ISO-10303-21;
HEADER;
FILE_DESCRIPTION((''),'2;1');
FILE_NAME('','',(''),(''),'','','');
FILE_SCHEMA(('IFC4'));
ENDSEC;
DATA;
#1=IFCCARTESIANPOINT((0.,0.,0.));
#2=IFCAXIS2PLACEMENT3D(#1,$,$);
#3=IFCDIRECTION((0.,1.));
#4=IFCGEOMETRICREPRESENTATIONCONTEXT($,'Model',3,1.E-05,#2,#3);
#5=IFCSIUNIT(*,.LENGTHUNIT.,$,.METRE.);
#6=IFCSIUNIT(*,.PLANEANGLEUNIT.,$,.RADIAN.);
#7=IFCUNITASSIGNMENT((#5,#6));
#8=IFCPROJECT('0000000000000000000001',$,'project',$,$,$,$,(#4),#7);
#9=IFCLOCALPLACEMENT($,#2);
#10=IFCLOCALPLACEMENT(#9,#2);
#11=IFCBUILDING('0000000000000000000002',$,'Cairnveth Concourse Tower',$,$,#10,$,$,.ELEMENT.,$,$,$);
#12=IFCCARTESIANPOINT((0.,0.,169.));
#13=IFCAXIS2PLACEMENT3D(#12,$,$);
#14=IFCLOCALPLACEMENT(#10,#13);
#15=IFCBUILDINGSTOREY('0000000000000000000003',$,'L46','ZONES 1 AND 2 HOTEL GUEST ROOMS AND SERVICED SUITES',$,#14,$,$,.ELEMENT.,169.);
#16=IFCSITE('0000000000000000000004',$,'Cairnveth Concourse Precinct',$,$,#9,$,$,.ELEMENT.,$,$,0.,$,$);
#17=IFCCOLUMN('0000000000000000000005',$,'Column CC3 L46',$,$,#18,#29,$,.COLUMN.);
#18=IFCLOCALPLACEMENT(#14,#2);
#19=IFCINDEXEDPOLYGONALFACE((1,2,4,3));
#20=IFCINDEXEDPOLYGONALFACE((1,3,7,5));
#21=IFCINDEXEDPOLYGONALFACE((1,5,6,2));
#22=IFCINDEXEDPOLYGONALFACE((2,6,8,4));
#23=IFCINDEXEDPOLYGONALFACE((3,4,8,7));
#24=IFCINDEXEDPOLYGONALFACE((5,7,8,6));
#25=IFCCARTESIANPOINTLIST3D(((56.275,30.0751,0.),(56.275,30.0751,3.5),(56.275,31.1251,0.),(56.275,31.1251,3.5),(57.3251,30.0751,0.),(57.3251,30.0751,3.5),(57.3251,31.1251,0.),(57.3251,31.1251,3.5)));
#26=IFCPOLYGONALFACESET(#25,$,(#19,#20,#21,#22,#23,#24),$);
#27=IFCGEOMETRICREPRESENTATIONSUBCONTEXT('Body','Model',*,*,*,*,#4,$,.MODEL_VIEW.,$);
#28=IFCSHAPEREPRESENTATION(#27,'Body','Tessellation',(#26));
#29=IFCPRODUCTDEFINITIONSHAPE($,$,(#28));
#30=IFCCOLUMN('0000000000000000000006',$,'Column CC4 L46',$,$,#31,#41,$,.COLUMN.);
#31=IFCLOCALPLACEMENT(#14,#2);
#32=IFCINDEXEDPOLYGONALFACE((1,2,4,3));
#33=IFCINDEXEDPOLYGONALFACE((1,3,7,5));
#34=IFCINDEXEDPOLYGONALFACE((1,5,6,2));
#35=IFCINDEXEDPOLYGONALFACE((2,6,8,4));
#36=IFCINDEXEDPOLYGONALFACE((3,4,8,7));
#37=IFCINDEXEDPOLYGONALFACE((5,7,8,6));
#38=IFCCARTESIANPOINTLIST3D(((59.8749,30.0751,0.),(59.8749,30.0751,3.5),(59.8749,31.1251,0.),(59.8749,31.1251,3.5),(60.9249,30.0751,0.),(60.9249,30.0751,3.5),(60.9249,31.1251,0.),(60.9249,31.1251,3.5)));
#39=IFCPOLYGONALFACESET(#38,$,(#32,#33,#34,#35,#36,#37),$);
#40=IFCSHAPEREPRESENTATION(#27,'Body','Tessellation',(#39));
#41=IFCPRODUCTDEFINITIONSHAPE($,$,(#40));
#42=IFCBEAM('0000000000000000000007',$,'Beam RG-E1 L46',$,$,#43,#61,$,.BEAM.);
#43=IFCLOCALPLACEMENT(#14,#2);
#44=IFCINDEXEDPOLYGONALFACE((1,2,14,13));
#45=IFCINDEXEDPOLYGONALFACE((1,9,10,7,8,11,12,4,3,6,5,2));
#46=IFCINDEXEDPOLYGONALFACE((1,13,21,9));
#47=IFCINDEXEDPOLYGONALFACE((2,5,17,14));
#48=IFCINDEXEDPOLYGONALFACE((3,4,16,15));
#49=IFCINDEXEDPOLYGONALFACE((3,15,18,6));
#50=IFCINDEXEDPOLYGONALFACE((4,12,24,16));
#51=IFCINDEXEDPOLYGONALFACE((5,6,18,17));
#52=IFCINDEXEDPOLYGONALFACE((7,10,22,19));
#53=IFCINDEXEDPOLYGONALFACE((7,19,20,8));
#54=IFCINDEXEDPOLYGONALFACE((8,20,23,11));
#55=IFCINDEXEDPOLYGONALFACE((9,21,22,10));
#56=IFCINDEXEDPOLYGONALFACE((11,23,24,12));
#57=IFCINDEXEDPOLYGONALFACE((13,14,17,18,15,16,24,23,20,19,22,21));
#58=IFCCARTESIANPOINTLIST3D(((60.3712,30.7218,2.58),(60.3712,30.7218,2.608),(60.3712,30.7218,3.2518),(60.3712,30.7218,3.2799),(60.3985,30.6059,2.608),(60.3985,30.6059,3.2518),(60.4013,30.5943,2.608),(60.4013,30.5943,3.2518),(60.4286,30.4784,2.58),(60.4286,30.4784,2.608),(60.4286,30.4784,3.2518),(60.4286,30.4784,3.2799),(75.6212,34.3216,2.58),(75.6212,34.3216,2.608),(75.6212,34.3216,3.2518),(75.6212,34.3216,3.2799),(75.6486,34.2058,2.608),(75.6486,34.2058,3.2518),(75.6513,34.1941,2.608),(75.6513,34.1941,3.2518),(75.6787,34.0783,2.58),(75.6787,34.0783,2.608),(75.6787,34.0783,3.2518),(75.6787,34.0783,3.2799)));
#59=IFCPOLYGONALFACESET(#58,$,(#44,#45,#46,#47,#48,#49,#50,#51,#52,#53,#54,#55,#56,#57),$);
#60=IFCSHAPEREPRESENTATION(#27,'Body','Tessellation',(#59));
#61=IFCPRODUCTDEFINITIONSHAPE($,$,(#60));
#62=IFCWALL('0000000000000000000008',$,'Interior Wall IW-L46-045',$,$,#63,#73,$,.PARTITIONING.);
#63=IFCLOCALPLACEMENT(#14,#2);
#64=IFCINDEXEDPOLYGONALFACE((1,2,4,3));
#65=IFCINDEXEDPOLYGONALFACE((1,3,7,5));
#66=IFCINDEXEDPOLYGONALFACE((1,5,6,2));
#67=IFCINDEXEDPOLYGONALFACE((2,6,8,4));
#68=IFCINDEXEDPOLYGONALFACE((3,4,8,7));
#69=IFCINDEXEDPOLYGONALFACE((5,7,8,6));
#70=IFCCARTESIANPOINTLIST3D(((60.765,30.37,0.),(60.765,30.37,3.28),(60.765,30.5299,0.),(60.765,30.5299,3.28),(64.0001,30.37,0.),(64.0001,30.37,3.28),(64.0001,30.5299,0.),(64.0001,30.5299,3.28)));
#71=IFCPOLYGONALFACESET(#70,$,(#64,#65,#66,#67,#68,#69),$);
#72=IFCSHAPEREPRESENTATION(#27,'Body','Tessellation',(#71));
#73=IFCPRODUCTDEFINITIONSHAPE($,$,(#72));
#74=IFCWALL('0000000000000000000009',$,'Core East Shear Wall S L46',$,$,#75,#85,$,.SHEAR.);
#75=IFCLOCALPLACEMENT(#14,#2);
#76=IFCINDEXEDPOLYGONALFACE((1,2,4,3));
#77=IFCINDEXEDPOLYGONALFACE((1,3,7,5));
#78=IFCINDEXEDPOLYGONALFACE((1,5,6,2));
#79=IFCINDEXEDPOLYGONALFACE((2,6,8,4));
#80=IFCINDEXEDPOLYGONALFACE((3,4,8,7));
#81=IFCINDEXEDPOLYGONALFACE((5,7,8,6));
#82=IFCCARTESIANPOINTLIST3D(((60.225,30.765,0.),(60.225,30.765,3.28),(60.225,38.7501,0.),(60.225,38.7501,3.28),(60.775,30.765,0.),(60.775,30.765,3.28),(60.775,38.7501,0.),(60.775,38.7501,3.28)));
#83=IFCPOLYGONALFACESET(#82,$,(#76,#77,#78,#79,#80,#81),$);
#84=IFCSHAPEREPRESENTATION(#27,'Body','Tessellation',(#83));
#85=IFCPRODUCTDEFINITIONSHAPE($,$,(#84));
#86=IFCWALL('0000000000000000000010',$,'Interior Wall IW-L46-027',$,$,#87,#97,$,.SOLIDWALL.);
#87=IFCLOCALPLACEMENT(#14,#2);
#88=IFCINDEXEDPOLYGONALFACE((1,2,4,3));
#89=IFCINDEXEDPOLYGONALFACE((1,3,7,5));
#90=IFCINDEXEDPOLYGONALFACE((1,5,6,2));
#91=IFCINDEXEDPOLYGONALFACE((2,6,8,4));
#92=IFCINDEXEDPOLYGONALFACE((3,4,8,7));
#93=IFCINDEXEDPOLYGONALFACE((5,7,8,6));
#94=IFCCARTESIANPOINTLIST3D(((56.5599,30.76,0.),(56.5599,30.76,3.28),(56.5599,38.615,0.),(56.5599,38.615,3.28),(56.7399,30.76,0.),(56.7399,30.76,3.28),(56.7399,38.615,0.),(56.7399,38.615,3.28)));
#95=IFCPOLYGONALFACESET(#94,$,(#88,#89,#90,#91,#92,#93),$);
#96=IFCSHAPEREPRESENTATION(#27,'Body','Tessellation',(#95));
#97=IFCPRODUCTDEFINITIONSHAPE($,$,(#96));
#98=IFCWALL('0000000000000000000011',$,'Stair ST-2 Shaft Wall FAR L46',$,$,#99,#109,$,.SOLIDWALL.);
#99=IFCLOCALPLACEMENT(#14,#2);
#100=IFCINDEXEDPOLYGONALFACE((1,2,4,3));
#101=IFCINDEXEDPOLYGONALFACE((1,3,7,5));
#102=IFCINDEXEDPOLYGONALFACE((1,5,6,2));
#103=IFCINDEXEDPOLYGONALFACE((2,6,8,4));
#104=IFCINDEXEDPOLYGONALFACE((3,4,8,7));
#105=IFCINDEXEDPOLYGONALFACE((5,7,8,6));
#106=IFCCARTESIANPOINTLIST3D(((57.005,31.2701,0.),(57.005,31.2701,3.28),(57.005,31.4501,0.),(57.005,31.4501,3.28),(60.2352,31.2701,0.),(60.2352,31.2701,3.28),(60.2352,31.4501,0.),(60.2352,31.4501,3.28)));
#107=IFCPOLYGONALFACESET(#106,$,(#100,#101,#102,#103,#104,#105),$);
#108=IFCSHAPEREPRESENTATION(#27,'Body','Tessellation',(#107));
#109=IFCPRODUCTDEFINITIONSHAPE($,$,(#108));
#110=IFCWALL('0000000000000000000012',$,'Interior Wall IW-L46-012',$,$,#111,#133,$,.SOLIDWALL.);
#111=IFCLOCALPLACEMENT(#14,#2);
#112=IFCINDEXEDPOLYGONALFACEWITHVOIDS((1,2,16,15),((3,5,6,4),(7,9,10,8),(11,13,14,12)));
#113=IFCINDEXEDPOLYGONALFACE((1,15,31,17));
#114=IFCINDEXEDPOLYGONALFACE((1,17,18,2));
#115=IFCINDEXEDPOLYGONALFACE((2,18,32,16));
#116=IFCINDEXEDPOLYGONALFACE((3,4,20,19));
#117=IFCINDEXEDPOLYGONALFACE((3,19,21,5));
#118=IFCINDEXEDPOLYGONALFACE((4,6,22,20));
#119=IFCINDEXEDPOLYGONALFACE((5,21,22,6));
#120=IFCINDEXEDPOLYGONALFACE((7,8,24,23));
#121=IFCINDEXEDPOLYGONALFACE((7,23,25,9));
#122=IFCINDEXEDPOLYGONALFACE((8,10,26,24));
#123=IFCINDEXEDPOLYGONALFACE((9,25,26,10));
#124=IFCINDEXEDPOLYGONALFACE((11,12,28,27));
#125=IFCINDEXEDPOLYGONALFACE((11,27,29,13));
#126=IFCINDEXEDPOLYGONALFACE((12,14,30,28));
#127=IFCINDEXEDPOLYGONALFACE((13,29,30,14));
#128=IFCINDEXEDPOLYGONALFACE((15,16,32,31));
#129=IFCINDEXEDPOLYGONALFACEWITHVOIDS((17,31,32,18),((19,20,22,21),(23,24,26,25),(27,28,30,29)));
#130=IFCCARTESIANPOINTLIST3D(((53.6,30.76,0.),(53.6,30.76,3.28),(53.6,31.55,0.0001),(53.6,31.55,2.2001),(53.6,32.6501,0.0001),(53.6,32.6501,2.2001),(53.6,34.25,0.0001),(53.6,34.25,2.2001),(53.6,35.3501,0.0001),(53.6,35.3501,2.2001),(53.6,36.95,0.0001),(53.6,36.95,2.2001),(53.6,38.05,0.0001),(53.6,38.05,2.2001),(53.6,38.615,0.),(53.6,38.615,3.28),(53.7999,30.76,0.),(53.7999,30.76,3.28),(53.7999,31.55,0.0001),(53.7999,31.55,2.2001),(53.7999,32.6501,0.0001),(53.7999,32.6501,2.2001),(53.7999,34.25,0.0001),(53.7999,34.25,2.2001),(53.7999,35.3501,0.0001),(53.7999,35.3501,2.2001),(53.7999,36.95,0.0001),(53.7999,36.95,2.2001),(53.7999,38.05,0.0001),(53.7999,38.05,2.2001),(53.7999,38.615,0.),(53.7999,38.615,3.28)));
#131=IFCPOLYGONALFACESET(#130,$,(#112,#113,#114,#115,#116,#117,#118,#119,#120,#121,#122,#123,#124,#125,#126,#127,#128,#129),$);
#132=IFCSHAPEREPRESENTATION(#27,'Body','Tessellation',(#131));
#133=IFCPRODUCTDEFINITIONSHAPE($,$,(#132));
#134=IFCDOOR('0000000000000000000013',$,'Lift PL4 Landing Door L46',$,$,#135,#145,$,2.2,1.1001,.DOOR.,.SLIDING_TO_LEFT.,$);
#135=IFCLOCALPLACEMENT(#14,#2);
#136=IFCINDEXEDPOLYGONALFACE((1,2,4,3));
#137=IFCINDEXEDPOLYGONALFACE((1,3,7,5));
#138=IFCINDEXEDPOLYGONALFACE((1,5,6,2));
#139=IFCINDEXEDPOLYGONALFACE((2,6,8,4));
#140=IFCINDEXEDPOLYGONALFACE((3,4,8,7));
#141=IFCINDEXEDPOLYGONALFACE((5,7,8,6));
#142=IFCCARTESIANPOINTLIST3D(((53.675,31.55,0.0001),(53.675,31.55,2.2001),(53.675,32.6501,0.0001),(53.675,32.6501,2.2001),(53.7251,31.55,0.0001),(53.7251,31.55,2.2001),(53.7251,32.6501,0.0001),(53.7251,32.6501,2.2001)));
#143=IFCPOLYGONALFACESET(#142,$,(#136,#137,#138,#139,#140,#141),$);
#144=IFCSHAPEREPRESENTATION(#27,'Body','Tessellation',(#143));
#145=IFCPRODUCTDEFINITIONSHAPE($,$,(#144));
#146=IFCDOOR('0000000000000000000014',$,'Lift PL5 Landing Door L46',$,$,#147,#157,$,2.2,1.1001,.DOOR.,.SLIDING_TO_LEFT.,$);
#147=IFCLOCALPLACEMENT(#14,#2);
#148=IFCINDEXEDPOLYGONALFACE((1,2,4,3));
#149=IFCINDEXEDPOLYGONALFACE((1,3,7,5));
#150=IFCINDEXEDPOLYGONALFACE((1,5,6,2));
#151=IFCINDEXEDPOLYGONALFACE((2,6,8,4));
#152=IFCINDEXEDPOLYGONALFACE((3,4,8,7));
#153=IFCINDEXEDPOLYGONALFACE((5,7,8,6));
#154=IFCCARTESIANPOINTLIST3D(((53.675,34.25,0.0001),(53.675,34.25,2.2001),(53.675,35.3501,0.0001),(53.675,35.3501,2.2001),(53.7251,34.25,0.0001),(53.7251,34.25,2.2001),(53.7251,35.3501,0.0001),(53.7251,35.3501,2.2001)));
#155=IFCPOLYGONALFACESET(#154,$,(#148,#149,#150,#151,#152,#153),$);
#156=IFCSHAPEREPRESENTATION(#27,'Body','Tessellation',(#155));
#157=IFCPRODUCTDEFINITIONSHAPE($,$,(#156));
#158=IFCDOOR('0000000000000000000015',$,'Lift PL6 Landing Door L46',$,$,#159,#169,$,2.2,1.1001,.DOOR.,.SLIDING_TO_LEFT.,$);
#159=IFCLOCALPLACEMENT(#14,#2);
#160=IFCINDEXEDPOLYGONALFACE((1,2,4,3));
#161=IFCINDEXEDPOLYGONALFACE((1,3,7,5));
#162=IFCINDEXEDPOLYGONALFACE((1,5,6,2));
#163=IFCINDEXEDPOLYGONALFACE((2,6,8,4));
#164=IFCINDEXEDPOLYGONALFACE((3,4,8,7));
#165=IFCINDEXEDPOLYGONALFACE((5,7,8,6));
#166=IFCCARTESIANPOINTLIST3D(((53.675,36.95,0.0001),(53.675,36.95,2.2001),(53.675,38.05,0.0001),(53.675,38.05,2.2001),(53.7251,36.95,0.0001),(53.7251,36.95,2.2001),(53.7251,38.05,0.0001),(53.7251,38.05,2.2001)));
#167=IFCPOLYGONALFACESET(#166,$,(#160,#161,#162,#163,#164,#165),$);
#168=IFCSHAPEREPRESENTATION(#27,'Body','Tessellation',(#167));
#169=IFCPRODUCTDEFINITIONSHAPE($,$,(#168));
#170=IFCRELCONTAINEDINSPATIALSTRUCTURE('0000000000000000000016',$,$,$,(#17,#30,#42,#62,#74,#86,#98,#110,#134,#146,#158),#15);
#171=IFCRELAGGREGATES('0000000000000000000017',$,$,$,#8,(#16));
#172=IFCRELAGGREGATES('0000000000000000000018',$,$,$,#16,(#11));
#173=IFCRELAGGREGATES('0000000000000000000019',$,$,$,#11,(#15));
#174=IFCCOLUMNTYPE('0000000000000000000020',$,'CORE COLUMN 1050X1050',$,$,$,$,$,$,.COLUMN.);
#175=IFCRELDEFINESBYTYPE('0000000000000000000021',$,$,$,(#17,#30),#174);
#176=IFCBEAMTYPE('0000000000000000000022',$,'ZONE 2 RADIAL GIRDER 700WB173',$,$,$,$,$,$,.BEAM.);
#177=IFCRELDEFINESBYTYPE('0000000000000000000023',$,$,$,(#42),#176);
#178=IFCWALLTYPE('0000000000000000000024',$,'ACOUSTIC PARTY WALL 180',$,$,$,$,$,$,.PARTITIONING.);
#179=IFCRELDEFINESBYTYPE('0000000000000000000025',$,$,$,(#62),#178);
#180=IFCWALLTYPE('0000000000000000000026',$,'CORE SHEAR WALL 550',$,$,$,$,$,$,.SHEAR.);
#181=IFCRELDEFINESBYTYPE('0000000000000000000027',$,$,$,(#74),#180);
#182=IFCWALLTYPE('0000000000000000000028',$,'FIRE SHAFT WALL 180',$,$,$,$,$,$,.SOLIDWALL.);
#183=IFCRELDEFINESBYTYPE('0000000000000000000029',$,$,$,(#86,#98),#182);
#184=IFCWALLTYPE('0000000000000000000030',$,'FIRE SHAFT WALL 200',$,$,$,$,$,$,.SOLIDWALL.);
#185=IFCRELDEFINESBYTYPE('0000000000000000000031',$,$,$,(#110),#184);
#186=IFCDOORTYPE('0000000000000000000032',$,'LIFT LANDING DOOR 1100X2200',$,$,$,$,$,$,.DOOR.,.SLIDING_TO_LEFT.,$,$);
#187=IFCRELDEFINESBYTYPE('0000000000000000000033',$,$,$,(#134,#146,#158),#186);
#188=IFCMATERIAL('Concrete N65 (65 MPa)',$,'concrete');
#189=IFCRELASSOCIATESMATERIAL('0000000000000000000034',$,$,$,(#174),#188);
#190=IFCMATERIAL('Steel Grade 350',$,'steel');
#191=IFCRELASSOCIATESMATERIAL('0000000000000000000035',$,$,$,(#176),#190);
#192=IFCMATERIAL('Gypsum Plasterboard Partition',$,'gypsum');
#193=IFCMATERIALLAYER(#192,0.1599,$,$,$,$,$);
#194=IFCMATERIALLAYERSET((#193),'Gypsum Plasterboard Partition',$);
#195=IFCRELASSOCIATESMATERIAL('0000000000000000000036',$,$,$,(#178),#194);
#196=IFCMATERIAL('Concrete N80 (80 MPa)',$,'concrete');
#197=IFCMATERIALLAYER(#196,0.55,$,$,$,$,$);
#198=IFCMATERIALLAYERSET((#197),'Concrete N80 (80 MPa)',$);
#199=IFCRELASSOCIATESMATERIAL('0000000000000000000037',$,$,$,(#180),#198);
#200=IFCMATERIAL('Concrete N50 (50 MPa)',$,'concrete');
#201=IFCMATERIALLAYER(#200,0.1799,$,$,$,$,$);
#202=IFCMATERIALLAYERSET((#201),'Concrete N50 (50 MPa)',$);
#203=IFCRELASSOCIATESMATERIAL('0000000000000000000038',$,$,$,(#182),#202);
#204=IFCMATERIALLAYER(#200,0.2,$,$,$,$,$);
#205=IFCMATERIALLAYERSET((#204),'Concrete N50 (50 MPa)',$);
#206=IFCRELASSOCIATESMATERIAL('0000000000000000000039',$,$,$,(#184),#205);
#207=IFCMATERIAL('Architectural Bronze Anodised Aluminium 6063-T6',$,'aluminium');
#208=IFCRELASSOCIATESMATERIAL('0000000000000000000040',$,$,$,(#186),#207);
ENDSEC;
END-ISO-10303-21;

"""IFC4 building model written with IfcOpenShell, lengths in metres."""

from ifc_helpers import new_model, si_unit, direction, frame, frame_2d, origin, origin_2d, place, context, subcontext, project, spatial, rectangle, i_section, extrude, material, layer, layer_set, material_profile, profile_set, type_object, element, fill, save


model = new_model("IFC4")

# Units and contexts
model_context = context("Model", 3, precision=1e-05, world=origin(), true_north=direction((0.0, 1.0)))
body_context = subcontext(model_context, "Body", "Model", "MODEL_VIEW")
ifc_project = project(units=[si_unit("LENGTHUNIT", "METRE"), si_unit("PLANEANGLEUNIT", "RADIAN")], contexts=[model_context])

# Site, building, storey
site_placement = place(None, origin())
site = spatial("IfcSite", under=ifc_project, at=site_placement, Name="Cairnveth Concourse Precinct", CompositionType="ELEMENT", RefElevation=0.0)
building_placement = place(site_placement, origin())
building = spatial("IfcBuilding", under=site, at=building_placement, Name="Cairnveth Concourse Tower", CompositionType="ELEMENT")
storey_placement = place(building_placement, frame((0.0, 0.0, 169.0)))
storey = spatial("IfcBuildingStorey", under=building, at=storey_placement, Name="L46", Description="ZONES 1 AND 2 HOTEL GUEST ROOMS AND SERVICED SUITES", CompositionType="ELEMENT", Elevation=169.0)

# Columns
ifc_material_1 = material(Name="Concrete N65 (65 MPa)", Category="concrete")
ifc_material_profile_1 = material_profile(ifc_material_1, rectangle(XDim=1.05, YDim=1.05, at=origin_2d()), Name="RC-COL-1050x1050")
ifc_profile_set_1 = profile_set([ifc_material_profile_1], Name="Concrete N65 (65 MPa)")
column_type = type_object("IfcColumnType", Name="CORE COLUMN 1050X1050", PredefinedType="COLUMN", material=ifc_profile_set_1)
for number, where, z_axis, x_axis, name in (
    (1, (56.8, 30.6001, 0.0), (0.0, 0.0, 1.0), (1.0, 0.0, 0.0), "Column CC3 L46"),
    (2, (60.3999, 30.6001, 0.0), (0.0, 0.0, 1.0), (1.0, 0.0, 0.0), "Column CC4 L46"),
):
    element("IfcColumn", number, at=place(storey_placement, frame(where, z_axis=z_axis, x_axis=x_axis)), inside=storey, type_object=column_type, Name=name, PredefinedType="COLUMN", context=body_context, shape_type="SweptSolid", body=[
        extrude(rectangle(XDim=1.05, YDim=1.05, at=origin_2d()), origin(), (0.0, 0.0, 1.0), 3.5),
    ])

# Beam
ifc_material_2 = material(Name="Steel Grade 350", Category="steel")
ifc_material_profile_2 = material_profile(ifc_material_2, i_section(OverallWidth=0.25, OverallDepth=0.7, WebThickness=0.012, FlangeThickness=0.0281, at=origin_2d()), Name="700WB173")
ifc_profile_set_2 = profile_set([ifc_material_profile_2], Name="Steel Grade 350")
beam_type = type_object("IfcBeamType", Name="ZONE 2 RADIAL GIRDER 700WB173", PredefinedType="BEAM", material=ifc_profile_set_2)
beam_placement = place(storey_placement, frame((60.3999, 30.6001, 2.9299), z_axis=(0.973252, 0.229742, 0.0), x_axis=(-0.229742, 0.973252, 0.0)))
element("IfcBeam", 3, at=beam_placement, inside=storey, type_object=beam_type, Name="Beam RG-E1 L46", PredefinedType="BEAM", context=body_context, shape_type="SweptSolid", body=[
    extrude(i_section(OverallWidth=0.25, OverallDepth=0.7, WebThickness=0.012, FlangeThickness=0.0281, at=origin_2d()), origin(), (0.0, 0.0, 1.0), 15.6692),
])

# Walls
ifc_material_3 = material(Name="Gypsum Plasterboard Partition", Category="gypsum")
ifc_layer_1 = layer(ifc_material_3, 0.1599)
ifc_layer_set_1 = layer_set([ifc_layer_1], Name="Gypsum Plasterboard Partition")
wall_type_1 = type_object("IfcWallType", Name="ACOUSTIC PARTY WALL 180", PredefinedType="PARTITIONING", material=ifc_layer_set_1)
wall_1_placement = place(storey_placement, frame((60.7649, 30.45, 0.0), z_axis=(0.0, 0.0, 1.0), x_axis=(1.0, 0.0, 0.0)))
element("IfcWall", 4, at=wall_1_placement, inside=storey, type_object=wall_type_1, Name="Interior Wall IW-L46-045", PredefinedType="PARTITIONING", context=body_context, shape_type="SweptSolid", body=[
    extrude(rectangle(XDim=3.2351, YDim=0.1599, at=frame_2d((1.6177, 0.0))), origin(), (0.0, 0.0, 1.0), 3.28),
])
ifc_material_4 = material(Name="Concrete N80 (80 MPa)", Category="concrete")
ifc_layer_2 = layer(ifc_material_4, 0.55)
ifc_layer_set_2 = layer_set([ifc_layer_2], Name="Concrete N80 (80 MPa)")
wall_type_2 = type_object("IfcWallType", Name="CORE SHEAR WALL 550", PredefinedType="SHEAR", material=ifc_layer_set_2)
wall_2_placement = place(storey_placement, frame((60.5, 30.7649, 0.0), z_axis=(0.0, 0.0, 1.0), x_axis=(0.0, 1.0, 0.0)))
element("IfcWall", 5, at=wall_2_placement, inside=storey, type_object=wall_type_2, Name="Core East Shear Wall S L46", PredefinedType="SHEAR", context=body_context, shape_type="SweptSolid", body=[
    extrude(rectangle(XDim=7.9851, YDim=0.55, at=frame_2d((3.9927, 0.0))), origin(), (0.0, 0.0, 1.0), 3.28),
])
ifc_material_5 = material(Name="Concrete N50 (50 MPa)", Category="concrete")
ifc_layer_3 = layer(ifc_material_5, 0.1799)
ifc_layer_set_3 = layer_set([ifc_layer_3], Name="Concrete N50 (50 MPa)")
wall_type_3 = type_object("IfcWallType", Name="FIRE SHAFT WALL 180", PredefinedType="SOLIDWALL", material=ifc_layer_set_3)
wall_3_placement = place(storey_placement, frame((56.6499, 30.76, 0.0), z_axis=(0.0, 0.0, 1.0), x_axis=(0.0, 1.0, 0.0)))
element("IfcWall", 6, at=wall_3_placement, inside=storey, type_object=wall_type_3, Name="Interior Wall IW-L46-027", PredefinedType="SOLIDWALL", context=body_context, shape_type="SweptSolid", body=[
    extrude(rectangle(XDim=7.855, YDim=0.1799, at=frame_2d((3.9275, 0.0))), origin(), (0.0, 0.0, 1.0), 3.28),
])
wall_4_placement = place(storey_placement, frame((57.0049, 31.3601, 0.0), z_axis=(0.0, 0.0, 1.0), x_axis=(1.0, 0.0, 0.0)))
element("IfcWall", 7, at=wall_4_placement, inside=storey, type_object=wall_type_3, Name="Stair ST-2 Shaft Wall FAR L46", PredefinedType="SOLIDWALL", context=body_context, shape_type="SweptSolid", body=[
    extrude(rectangle(XDim=3.2302, YDim=0.1799, at=frame_2d((1.6152, 0.0))), origin(), (0.0, 0.0, 1.0), 3.28),
])

# Wall, openings, doors
ifc_layer_4 = layer(ifc_material_5, 0.2)
ifc_layer_set_4 = layer_set([ifc_layer_4], Name="Concrete N50 (50 MPa)")
wall_type_4 = type_object("IfcWallType", Name="FIRE SHAFT WALL 200", PredefinedType="SOLIDWALL", material=ifc_layer_set_4)
wall_5_placement = place(storey_placement, frame((53.7, 30.76, 0.0), z_axis=(0.0, 0.0, 1.0), x_axis=(0.0, 1.0, 0.0)))
wall_5 = element("IfcWall", 8, at=wall_5_placement, inside=storey, type_object=wall_type_4, Name="Interior Wall IW-L46-012", PredefinedType="SOLIDWALL", context=body_context, shape_type="SweptSolid", body=[
    extrude(rectangle(XDim=7.855, YDim=0.2, at=frame_2d((3.9275, 0.0))), origin(), (0.0, 0.0, 1.0), 3.28),
])
opening_1_placement = place(wall_5_placement, frame((0.79, 0.0, 0.0)))
opening_1 = element("IfcOpeningElement", 9, at=opening_1_placement, cuts=wall_5, PredefinedType="OPENING", context=body_context, shape_type="SweptSolid", body=[
    extrude(rectangle(XDim=1.1001, YDim=2.2, at=frame_2d((0.55, 1.1001))), frame((0.0, 0.1099, 0.0), z_axis=(0.0, -1.0, 0.0), x_axis=(1.0, 0.0, 0.0)), (0.0, 0.0, 1.0), 0.22),
])
opening_2_placement = place(wall_5_placement, frame((3.49, 0.0, 0.0)))
opening_2 = element("IfcOpeningElement", 10, at=opening_2_placement, cuts=wall_5, PredefinedType="OPENING", context=body_context, shape_type="SweptSolid", body=[
    extrude(rectangle(XDim=1.1001, YDim=2.2, at=frame_2d((0.55, 1.1001))), frame((0.0, 0.1099, 0.0), z_axis=(0.0, -1.0, 0.0), x_axis=(1.0, 0.0, 0.0)), (0.0, 0.0, 1.0), 0.22),
])
opening_3_placement = place(wall_5_placement, frame((6.1899, 0.0, 0.0)))
opening_3 = element("IfcOpeningElement", 11, at=opening_3_placement, cuts=wall_5, PredefinedType="OPENING", context=body_context, shape_type="SweptSolid", body=[
    extrude(rectangle(XDim=1.1001, YDim=2.2, at=frame_2d((0.55, 1.1001))), frame((0.0, 0.1099, 0.0), z_axis=(0.0, -1.0, 0.0), x_axis=(1.0, 0.0, 0.0)), (0.0, 0.0, 1.0), 0.22),
])
ifc_material_6 = material(Name="Architectural Bronze Anodised Aluminium 6063-T6", Category="aluminium")
door_type_1 = type_object("IfcDoorType", Name="LIFT LANDING DOOR 1100X2200", OperationType="SLIDING_TO_LEFT", PredefinedType="DOOR", material=ifc_material_6)
door_1_placement = place(opening_1_placement, origin())
door_1 = element("IfcDoor", 12, at=door_1_placement, inside=storey, type_object=door_type_1, Name="Lift PL4 Landing Door L46", OperationType="SLIDING_TO_LEFT", OverallHeight=2.2, OverallWidth=1.1001, PredefinedType="DOOR", context=body_context, shape_type="SweptSolid", body=[
    extrude(rectangle(XDim=1.1001, YDim=2.2, at=frame_2d((0.55, 1.1001))), frame((0.0, 0.0249, 0.0), z_axis=(0.0, -1.0, 0.0), x_axis=(1.0, 0.0, 0.0)), (0.0, 0.0, 1.0), 0.05),
])
fill(opening_1, door_1)
door_2_placement = place(opening_2_placement, origin())
door_2 = element("IfcDoor", 13, at=door_2_placement, inside=storey, type_object=door_type_1, Name="Lift PL5 Landing Door L46", OperationType="SLIDING_TO_LEFT", OverallHeight=2.2, OverallWidth=1.1001, PredefinedType="DOOR", context=body_context, shape_type="SweptSolid", body=[
    extrude(rectangle(XDim=1.1001, YDim=2.2, at=frame_2d((0.55, 1.1001))), frame((0.0, 0.0249, 0.0), z_axis=(0.0, -1.0, 0.0), x_axis=(1.0, 0.0, 0.0)), (0.0, 0.0, 1.0), 0.05),
])
fill(opening_2, door_2)
door_3_placement = place(opening_3_placement, origin())
door_3 = element("IfcDoor", 14, at=door_3_placement, inside=storey, type_object=door_type_1, Name="Lift PL6 Landing Door L46", OperationType="SLIDING_TO_LEFT", OverallHeight=2.2, OverallWidth=1.1001, PredefinedType="DOOR", context=body_context, shape_type="SweptSolid", body=[
    extrude(rectangle(XDim=1.1001, YDim=2.2, at=frame_2d((0.55, 1.1001))), frame((0.0, 0.0249, 0.0), z_axis=(0.0, -1.0, 0.0), x_axis=(1.0, 0.0, 0.0)), (0.0, 0.0, 1.0), 0.05),
])
fill(opening_3, door_3)

save(model, "model.ifc")
